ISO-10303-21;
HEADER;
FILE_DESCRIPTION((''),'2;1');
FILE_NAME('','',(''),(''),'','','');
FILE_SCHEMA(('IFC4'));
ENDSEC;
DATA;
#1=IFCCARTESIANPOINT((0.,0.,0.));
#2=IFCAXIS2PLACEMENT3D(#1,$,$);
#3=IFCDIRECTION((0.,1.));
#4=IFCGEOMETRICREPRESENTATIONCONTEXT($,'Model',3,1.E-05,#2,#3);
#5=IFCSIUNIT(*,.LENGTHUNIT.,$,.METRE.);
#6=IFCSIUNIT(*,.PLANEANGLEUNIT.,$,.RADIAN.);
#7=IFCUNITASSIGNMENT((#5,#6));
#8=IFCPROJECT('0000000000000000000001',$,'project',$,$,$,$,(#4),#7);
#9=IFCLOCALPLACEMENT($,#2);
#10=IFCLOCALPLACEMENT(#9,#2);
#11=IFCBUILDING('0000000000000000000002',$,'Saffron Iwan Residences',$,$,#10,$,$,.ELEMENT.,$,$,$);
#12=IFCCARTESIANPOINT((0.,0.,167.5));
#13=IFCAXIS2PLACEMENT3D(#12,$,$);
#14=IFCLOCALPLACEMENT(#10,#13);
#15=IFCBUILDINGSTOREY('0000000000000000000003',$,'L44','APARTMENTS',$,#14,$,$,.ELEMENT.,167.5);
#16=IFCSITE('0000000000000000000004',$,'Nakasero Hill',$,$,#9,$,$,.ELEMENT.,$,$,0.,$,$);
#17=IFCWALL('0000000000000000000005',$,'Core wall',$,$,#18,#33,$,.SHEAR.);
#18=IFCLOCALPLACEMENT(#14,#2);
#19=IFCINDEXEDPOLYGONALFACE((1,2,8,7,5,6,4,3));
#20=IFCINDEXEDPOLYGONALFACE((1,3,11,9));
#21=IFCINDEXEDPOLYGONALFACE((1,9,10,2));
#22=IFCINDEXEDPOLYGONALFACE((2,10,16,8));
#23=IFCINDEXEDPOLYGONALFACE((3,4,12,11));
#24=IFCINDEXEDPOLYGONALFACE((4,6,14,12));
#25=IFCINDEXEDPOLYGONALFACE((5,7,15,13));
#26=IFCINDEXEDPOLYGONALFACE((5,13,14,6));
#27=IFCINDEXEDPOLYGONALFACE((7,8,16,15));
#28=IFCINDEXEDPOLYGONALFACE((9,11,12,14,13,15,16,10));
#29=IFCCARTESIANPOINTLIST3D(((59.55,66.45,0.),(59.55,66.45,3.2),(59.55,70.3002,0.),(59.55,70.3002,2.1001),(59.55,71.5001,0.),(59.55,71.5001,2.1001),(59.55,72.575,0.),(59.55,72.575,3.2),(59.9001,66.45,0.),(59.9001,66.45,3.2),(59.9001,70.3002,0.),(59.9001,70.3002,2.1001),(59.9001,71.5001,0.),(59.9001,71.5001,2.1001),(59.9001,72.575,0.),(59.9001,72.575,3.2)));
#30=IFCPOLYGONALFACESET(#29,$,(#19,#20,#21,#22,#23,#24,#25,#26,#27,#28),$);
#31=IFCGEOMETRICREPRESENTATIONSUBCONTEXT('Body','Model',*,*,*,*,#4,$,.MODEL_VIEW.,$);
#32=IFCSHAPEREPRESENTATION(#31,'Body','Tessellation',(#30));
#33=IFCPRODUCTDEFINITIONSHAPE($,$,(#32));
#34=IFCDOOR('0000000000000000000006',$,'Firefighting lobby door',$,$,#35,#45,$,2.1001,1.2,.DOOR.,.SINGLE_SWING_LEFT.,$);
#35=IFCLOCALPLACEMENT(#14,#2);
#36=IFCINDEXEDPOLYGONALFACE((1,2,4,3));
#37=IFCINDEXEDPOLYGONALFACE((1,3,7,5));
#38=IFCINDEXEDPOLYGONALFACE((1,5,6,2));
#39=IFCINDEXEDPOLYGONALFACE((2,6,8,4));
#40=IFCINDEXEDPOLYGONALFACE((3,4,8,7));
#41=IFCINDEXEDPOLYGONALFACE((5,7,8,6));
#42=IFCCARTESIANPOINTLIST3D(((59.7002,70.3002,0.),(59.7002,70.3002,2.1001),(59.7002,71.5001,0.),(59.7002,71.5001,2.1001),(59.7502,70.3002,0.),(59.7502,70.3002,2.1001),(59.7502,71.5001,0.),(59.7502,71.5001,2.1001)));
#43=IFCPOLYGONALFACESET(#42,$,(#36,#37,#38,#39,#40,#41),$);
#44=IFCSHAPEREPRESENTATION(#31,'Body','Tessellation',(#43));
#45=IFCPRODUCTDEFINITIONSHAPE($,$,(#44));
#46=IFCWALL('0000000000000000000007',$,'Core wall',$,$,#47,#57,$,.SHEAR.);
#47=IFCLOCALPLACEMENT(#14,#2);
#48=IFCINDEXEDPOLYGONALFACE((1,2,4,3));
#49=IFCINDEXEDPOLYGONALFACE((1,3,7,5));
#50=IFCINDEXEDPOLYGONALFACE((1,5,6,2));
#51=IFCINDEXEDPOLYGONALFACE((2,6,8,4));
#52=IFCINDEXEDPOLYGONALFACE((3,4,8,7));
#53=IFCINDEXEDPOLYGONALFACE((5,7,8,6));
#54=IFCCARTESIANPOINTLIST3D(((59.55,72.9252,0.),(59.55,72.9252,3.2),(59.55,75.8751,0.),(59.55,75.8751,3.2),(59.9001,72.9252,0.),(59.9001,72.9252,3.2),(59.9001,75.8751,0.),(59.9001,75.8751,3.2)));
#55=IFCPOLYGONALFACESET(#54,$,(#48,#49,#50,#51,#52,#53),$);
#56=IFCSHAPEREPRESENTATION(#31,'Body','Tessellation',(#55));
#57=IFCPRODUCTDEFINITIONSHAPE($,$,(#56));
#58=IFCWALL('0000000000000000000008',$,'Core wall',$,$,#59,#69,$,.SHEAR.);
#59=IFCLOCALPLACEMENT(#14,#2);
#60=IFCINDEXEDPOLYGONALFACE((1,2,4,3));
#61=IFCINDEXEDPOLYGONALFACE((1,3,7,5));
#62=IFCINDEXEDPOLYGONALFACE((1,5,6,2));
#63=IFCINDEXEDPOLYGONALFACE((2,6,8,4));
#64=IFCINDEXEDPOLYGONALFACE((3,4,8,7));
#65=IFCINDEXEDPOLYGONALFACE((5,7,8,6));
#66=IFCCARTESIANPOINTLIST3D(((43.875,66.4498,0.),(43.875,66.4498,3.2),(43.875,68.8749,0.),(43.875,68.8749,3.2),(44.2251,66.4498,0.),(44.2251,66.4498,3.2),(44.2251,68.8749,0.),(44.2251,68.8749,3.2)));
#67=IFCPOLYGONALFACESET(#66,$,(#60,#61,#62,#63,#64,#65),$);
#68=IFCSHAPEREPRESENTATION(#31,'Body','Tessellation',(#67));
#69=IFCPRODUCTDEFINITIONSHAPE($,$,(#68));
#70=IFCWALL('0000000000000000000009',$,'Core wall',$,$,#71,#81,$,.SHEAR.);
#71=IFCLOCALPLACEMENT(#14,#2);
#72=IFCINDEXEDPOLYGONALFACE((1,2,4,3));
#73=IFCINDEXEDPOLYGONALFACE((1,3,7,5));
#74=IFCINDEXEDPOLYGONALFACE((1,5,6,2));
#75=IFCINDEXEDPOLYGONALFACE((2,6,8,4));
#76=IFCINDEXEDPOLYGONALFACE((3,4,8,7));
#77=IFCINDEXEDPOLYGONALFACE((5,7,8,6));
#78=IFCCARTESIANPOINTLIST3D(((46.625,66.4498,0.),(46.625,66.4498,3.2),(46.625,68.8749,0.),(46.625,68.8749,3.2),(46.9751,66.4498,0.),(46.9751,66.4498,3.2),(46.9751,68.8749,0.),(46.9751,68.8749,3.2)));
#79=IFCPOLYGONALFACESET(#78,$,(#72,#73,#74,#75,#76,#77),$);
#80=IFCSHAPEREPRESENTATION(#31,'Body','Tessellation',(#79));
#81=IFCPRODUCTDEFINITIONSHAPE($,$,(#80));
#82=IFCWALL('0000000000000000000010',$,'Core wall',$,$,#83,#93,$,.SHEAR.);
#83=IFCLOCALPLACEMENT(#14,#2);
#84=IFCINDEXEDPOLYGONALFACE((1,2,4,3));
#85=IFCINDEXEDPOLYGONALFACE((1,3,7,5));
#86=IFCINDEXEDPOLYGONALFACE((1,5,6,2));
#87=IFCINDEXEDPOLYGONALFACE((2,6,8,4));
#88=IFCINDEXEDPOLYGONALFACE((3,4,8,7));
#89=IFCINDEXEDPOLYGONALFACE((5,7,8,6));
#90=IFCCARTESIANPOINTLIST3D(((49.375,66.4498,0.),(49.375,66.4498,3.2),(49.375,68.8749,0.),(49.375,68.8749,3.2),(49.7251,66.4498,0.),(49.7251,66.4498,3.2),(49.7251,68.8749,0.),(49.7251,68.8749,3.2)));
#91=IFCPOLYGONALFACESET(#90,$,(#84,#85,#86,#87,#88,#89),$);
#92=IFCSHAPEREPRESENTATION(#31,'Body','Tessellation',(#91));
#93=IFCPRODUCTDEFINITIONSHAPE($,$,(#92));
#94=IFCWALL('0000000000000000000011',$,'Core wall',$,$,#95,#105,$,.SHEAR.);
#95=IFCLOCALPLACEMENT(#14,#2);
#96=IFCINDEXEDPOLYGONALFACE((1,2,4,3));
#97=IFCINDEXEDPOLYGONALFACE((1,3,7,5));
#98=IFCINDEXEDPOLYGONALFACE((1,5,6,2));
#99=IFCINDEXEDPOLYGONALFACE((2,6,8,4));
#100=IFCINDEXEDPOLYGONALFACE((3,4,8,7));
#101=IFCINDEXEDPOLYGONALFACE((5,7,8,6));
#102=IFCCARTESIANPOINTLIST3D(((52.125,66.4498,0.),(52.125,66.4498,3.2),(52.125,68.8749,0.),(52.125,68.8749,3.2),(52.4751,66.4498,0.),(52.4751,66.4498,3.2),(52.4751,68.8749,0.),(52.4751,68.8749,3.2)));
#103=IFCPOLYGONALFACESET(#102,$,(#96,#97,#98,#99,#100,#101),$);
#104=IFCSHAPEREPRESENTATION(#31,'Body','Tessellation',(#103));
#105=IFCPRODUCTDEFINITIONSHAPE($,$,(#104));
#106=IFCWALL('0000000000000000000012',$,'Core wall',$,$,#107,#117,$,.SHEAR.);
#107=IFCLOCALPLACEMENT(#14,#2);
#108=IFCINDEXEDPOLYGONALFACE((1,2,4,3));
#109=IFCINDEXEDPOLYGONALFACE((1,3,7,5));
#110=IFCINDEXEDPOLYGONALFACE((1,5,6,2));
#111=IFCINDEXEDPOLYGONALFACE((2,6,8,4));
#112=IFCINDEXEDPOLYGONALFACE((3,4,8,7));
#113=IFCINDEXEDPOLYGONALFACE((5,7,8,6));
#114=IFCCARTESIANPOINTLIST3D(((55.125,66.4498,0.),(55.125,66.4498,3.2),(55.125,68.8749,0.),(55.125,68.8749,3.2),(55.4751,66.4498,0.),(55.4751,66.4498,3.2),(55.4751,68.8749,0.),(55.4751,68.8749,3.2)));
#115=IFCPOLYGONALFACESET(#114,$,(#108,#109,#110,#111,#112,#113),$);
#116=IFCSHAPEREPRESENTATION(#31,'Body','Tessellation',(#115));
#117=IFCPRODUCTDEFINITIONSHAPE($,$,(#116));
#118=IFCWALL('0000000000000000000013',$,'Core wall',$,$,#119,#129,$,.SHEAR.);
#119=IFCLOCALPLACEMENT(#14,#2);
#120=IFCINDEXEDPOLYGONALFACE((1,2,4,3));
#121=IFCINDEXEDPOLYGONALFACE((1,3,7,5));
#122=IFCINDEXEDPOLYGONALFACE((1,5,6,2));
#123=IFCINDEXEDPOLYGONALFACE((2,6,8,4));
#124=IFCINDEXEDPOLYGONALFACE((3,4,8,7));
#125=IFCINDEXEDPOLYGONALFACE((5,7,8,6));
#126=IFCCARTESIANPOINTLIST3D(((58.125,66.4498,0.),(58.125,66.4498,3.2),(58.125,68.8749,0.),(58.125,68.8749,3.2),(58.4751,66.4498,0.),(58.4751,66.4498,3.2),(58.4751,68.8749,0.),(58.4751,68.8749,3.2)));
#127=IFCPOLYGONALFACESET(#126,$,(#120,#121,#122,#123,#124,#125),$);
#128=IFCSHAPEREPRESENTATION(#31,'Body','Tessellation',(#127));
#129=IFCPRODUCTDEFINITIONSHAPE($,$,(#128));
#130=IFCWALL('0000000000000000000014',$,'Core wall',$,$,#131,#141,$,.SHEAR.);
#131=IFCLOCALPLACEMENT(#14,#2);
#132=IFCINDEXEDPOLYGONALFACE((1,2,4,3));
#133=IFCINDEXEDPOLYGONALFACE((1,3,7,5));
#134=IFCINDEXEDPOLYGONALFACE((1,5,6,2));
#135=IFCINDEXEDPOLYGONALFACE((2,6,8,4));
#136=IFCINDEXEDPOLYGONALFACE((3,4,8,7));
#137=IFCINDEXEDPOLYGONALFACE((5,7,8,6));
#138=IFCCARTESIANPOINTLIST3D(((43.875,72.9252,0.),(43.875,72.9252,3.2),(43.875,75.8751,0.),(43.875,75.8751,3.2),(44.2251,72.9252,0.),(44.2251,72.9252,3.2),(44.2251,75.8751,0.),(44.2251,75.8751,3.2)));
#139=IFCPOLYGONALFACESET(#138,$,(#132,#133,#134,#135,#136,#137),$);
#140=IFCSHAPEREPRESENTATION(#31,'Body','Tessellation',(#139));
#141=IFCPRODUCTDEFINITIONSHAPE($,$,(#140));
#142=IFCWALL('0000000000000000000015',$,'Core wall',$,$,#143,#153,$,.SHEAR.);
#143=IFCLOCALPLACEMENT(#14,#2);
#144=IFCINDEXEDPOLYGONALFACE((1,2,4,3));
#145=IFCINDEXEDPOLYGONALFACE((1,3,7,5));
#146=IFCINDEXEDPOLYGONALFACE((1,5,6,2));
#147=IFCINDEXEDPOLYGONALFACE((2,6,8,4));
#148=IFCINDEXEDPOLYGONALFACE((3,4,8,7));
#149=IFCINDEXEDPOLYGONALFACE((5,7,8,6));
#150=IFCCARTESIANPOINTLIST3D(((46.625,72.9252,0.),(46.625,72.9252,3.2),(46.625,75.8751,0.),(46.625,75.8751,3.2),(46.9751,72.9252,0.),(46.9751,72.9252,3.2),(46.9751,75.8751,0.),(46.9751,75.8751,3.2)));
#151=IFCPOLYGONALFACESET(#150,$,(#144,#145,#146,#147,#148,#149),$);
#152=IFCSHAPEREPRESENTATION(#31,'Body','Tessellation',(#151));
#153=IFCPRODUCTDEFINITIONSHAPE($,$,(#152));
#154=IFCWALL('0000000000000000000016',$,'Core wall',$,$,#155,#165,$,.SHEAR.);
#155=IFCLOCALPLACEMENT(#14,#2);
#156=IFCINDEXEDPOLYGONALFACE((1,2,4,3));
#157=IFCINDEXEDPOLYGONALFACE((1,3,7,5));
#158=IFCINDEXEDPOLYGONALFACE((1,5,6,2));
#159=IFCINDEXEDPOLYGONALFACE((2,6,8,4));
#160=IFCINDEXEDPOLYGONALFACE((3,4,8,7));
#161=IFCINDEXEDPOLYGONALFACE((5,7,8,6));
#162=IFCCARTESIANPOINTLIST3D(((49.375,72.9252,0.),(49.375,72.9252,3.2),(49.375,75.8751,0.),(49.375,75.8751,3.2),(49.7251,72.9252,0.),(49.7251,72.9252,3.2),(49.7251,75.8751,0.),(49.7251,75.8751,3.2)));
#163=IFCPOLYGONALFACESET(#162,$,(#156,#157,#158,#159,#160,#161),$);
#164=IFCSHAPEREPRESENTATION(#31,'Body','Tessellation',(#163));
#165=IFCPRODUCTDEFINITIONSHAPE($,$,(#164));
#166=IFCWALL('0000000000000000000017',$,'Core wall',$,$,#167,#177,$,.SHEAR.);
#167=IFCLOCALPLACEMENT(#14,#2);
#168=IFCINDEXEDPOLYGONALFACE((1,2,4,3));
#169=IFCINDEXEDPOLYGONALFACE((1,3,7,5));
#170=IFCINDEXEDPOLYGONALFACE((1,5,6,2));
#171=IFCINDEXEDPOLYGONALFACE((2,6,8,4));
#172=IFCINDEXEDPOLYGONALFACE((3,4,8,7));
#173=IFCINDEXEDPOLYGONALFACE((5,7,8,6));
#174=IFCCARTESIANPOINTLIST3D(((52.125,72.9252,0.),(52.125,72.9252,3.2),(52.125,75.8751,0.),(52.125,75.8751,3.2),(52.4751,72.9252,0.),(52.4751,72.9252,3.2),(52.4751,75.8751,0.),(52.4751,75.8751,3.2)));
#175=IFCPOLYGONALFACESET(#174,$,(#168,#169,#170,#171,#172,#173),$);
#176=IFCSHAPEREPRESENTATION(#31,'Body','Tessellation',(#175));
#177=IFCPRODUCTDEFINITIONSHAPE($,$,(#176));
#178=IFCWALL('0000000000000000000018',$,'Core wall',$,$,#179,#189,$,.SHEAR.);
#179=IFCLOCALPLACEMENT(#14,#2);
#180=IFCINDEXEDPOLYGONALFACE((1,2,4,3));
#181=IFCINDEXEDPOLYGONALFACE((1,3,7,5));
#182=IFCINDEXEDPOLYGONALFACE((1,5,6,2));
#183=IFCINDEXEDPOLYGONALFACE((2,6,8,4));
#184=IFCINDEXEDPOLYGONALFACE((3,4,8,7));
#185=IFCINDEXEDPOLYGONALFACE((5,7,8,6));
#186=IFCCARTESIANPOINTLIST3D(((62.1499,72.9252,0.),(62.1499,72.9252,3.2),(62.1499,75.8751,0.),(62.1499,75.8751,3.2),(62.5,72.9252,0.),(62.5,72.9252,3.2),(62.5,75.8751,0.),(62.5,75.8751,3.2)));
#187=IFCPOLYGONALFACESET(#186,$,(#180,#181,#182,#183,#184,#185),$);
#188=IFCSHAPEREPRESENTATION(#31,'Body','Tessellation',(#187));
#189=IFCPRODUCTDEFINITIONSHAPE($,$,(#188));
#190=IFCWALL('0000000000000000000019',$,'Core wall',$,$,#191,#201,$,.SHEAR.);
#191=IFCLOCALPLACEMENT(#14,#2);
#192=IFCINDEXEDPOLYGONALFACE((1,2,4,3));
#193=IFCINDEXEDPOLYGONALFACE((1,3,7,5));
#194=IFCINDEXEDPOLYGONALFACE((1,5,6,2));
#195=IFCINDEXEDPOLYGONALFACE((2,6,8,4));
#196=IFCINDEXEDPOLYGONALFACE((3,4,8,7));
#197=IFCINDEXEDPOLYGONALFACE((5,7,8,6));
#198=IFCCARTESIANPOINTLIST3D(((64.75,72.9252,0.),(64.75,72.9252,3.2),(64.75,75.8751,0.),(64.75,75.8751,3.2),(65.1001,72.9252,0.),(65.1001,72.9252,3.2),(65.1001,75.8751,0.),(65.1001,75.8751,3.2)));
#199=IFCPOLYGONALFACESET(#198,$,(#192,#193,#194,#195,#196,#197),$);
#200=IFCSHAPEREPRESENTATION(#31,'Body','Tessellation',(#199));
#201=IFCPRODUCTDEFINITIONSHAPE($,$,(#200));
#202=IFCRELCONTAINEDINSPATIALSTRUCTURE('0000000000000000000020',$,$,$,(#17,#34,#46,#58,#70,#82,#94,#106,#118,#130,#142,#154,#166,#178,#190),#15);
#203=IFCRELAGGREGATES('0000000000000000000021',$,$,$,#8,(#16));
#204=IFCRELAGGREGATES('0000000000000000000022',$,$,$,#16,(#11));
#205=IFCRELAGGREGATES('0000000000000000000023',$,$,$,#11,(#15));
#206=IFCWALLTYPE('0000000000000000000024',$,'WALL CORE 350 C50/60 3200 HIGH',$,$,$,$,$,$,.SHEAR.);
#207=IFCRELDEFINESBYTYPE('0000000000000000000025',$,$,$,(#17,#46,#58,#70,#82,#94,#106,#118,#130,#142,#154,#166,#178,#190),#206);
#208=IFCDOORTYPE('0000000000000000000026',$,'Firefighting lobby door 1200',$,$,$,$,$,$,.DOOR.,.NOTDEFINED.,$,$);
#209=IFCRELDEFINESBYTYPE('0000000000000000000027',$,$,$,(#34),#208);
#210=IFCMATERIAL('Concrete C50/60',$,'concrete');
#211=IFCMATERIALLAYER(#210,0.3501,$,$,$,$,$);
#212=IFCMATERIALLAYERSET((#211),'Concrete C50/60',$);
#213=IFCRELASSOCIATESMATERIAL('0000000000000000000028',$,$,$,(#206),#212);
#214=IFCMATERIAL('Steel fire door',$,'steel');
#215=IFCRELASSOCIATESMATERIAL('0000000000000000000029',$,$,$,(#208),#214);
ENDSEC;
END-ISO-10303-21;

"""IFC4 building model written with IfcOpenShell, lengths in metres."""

from ifc_helpers import new_model, si_unit, direction, frame, frame_2d, origin, place, context, subcontext, project, spatial, rectangle, extrude, material, layer, layer_set, type_object, element, fill, save


model = new_model("IFC4")

# Units and contexts
model_context = context("Model", 3, precision=1e-05, world=origin(), true_north=direction((0.0, 1.0)))
body_context = subcontext(model_context, "Body", "Model", "MODEL_VIEW")
ifc_project = project(units=[si_unit("LENGTHUNIT", "METRE"), si_unit("PLANEANGLEUNIT", "RADIAN")], contexts=[model_context])

# Site, building, storey
site_placement = place(None, origin())
site = spatial("IfcSite", under=ifc_project, at=site_placement, Name="Nakasero Hill", CompositionType="ELEMENT", RefElevation=0.0)
building_placement = place(site_placement, origin())
building = spatial("IfcBuilding", under=site, at=building_placement, Name="Saffron Iwan Residences", CompositionType="ELEMENT")
storey_placement = place(building_placement, frame((0.0, 0.0, 167.5)))
storey = spatial("IfcBuildingStorey", under=building, at=storey_placement, Name="L44", Description="APARTMENTS", CompositionType="ELEMENT", Elevation=167.5)

# Shared definitions
ifc_material_1 = material(Name="Concrete C50/60", Category="concrete")

# Shared definitions
ifc_material_2 = material(Name="Steel fire door", Category="steel")

# Wall, opening, door
ifc_layer_1 = layer(ifc_material_1, 0.3501)
ifc_layer_set_1 = layer_set([ifc_layer_1], Name="Concrete C50/60")
wall_type_1 = type_object("IfcWallType", Name="WALL CORE 350 C50/60 3200 HIGH", PredefinedType="SHEAR", material=ifc_layer_set_1)
wall_1_placement = place(storey_placement, frame((59.7251, 66.45, 0.0), z_axis=(0.0, 0.0, 1.0), x_axis=(0.0, 1.0, 0.0)))
wall_1 = element("IfcWall", 1, at=wall_1_placement, inside=storey, type_object=wall_type_1, Name="Core wall", PredefinedType="SHEAR", context=body_context, shape_type="SweptSolid", body=[
    extrude(rectangle(XDim=6.125, YDim=0.3501, at=frame_2d((3.0625, 0.0))), origin(), (0.0, 0.0, 1.0), 3.2),
])
opening_1_placement = place(wall_1_placement, frame((3.8501, 0.0, 0.0)))
opening_1 = element("IfcOpeningElement", 2, at=opening_1_placement, cuts=wall_1, PredefinedType="OPENING", context=body_context, shape_type="SweptSolid", body=[
    extrude(rectangle(XDim=1.2, YDim=2.1001, at=frame_2d((0.6001, 1.05))), frame((0.0, 0.1851, 0.0), z_axis=(0.0, -1.0, 0.0), x_axis=(1.0, 0.0, 0.0)), (0.0, 0.0, 1.0), 0.3701),
])
door_type_1 = type_object("IfcDoorType", Name="Firefighting lobby door 1200", OperationType="NOTDEFINED", PredefinedType="DOOR", material=ifc_material_2)
door_1_placement = place(opening_1_placement, origin())
door_1 = element("IfcDoor", 3, at=door_1_placement, inside=storey, type_object=door_type_1, Name="Firefighting lobby door", OperationType="SINGLE_SWING_LEFT", OverallHeight=2.1001, OverallWidth=1.2, PredefinedType="DOOR", context=body_context, shape_type="SweptSolid", body=[
    extrude(rectangle(XDim=1.2, YDim=2.1001, at=frame_2d((0.6001, 1.05))), frame((0.0, 0.0249, 0.0), z_axis=(0.0, -1.0, 0.0), x_axis=(1.0, 0.0, 0.0)), (0.0, 0.0, 1.0), 0.05),
])
fill(opening_1, door_1)

# Walls
wall_2_placement = place(storey_placement, frame((59.7251, 72.925, 0.0), z_axis=(0.0, 0.0, 1.0), x_axis=(0.0, 1.0, 0.0)))
element("IfcWall", 4, at=wall_2_placement, inside=storey, type_object=wall_type_1, Name="Core wall", PredefinedType="SHEAR", context=body_context, shape_type="SweptSolid", body=[
    extrude(rectangle(XDim=2.95, YDim=0.3501, at=frame_2d((1.4751, 0.0))), origin(), (0.0, 0.0, 1.0), 3.2),
])
for number, where, z_axis, x_axis, name in (
    (5, (44.05, 66.45, 0.0), (0.0, 0.0, 1.0), (0.0, 1.0, 0.0), "Core wall"),
    (6, (46.8, 66.45, 0.0), (0.0, 0.0, 1.0), (0.0, 1.0, 0.0), "Core wall"),
    (7, (49.55, 66.45, 0.0), (0.0, 0.0, 1.0), (0.0, 1.0, 0.0), "Core wall"),
    (8, (52.3, 66.45, 0.0), (0.0, 0.0, 1.0), (0.0, 1.0, 0.0), "Core wall"),
    (9, (55.3, 66.45, 0.0), (0.0, 0.0, 1.0), (0.0, 1.0, 0.0), "Core wall"),
    (10, (58.3, 66.45, 0.0), (0.0, 0.0, 1.0), (0.0, 1.0, 0.0), "Core wall"),
):
    element("IfcWall", number, at=place(storey_placement, frame(where, z_axis=z_axis, x_axis=x_axis)), inside=storey, type_object=wall_type_1, Name=name, PredefinedType="SHEAR", context=body_context, shape_type="SweptSolid", body=[
        extrude(rectangle(XDim=2.425, YDim=0.3501, at=frame_2d((1.2124, 0.0))), origin(), (0.0, 0.0, 1.0), 3.2),
    ])
for number, where, z_axis, x_axis, name in (
    (11, (44.05, 72.925, 0.0), (0.0, 0.0, 1.0), (0.0, 1.0, 0.0), "Core wall"),
    (12, (46.8, 72.925, 0.0), (0.0, 0.0, 1.0), (0.0, 1.0, 0.0), "Core wall"),
    (13, (49.55, 72.925, 0.0), (0.0, 0.0, 1.0), (0.0, 1.0, 0.0), "Core wall"),
    (14, (52.3, 72.925, 0.0), (0.0, 0.0, 1.0), (0.0, 1.0, 0.0), "Core wall"),
    (15, (62.325, 72.925, 0.0), (0.0, 0.0, 1.0), (0.0, 1.0, 0.0), "Core wall"),
    (16, (64.925, 72.925, 0.0), (0.0, 0.0, 1.0), (0.0, 1.0, 0.0), "Core wall"),
):
    element("IfcWall", number, at=place(storey_placement, frame(where, z_axis=z_axis, x_axis=x_axis)), inside=storey, type_object=wall_type_1, Name=name, PredefinedType="SHEAR", context=body_context, shape_type="SweptSolid", body=[
        extrude(rectangle(XDim=2.95, YDim=0.3501, at=frame_2d((1.4751, 0.0))), origin(), (0.0, 0.0, 1.0), 3.2),
    ])

save(model, "model.ifc")
